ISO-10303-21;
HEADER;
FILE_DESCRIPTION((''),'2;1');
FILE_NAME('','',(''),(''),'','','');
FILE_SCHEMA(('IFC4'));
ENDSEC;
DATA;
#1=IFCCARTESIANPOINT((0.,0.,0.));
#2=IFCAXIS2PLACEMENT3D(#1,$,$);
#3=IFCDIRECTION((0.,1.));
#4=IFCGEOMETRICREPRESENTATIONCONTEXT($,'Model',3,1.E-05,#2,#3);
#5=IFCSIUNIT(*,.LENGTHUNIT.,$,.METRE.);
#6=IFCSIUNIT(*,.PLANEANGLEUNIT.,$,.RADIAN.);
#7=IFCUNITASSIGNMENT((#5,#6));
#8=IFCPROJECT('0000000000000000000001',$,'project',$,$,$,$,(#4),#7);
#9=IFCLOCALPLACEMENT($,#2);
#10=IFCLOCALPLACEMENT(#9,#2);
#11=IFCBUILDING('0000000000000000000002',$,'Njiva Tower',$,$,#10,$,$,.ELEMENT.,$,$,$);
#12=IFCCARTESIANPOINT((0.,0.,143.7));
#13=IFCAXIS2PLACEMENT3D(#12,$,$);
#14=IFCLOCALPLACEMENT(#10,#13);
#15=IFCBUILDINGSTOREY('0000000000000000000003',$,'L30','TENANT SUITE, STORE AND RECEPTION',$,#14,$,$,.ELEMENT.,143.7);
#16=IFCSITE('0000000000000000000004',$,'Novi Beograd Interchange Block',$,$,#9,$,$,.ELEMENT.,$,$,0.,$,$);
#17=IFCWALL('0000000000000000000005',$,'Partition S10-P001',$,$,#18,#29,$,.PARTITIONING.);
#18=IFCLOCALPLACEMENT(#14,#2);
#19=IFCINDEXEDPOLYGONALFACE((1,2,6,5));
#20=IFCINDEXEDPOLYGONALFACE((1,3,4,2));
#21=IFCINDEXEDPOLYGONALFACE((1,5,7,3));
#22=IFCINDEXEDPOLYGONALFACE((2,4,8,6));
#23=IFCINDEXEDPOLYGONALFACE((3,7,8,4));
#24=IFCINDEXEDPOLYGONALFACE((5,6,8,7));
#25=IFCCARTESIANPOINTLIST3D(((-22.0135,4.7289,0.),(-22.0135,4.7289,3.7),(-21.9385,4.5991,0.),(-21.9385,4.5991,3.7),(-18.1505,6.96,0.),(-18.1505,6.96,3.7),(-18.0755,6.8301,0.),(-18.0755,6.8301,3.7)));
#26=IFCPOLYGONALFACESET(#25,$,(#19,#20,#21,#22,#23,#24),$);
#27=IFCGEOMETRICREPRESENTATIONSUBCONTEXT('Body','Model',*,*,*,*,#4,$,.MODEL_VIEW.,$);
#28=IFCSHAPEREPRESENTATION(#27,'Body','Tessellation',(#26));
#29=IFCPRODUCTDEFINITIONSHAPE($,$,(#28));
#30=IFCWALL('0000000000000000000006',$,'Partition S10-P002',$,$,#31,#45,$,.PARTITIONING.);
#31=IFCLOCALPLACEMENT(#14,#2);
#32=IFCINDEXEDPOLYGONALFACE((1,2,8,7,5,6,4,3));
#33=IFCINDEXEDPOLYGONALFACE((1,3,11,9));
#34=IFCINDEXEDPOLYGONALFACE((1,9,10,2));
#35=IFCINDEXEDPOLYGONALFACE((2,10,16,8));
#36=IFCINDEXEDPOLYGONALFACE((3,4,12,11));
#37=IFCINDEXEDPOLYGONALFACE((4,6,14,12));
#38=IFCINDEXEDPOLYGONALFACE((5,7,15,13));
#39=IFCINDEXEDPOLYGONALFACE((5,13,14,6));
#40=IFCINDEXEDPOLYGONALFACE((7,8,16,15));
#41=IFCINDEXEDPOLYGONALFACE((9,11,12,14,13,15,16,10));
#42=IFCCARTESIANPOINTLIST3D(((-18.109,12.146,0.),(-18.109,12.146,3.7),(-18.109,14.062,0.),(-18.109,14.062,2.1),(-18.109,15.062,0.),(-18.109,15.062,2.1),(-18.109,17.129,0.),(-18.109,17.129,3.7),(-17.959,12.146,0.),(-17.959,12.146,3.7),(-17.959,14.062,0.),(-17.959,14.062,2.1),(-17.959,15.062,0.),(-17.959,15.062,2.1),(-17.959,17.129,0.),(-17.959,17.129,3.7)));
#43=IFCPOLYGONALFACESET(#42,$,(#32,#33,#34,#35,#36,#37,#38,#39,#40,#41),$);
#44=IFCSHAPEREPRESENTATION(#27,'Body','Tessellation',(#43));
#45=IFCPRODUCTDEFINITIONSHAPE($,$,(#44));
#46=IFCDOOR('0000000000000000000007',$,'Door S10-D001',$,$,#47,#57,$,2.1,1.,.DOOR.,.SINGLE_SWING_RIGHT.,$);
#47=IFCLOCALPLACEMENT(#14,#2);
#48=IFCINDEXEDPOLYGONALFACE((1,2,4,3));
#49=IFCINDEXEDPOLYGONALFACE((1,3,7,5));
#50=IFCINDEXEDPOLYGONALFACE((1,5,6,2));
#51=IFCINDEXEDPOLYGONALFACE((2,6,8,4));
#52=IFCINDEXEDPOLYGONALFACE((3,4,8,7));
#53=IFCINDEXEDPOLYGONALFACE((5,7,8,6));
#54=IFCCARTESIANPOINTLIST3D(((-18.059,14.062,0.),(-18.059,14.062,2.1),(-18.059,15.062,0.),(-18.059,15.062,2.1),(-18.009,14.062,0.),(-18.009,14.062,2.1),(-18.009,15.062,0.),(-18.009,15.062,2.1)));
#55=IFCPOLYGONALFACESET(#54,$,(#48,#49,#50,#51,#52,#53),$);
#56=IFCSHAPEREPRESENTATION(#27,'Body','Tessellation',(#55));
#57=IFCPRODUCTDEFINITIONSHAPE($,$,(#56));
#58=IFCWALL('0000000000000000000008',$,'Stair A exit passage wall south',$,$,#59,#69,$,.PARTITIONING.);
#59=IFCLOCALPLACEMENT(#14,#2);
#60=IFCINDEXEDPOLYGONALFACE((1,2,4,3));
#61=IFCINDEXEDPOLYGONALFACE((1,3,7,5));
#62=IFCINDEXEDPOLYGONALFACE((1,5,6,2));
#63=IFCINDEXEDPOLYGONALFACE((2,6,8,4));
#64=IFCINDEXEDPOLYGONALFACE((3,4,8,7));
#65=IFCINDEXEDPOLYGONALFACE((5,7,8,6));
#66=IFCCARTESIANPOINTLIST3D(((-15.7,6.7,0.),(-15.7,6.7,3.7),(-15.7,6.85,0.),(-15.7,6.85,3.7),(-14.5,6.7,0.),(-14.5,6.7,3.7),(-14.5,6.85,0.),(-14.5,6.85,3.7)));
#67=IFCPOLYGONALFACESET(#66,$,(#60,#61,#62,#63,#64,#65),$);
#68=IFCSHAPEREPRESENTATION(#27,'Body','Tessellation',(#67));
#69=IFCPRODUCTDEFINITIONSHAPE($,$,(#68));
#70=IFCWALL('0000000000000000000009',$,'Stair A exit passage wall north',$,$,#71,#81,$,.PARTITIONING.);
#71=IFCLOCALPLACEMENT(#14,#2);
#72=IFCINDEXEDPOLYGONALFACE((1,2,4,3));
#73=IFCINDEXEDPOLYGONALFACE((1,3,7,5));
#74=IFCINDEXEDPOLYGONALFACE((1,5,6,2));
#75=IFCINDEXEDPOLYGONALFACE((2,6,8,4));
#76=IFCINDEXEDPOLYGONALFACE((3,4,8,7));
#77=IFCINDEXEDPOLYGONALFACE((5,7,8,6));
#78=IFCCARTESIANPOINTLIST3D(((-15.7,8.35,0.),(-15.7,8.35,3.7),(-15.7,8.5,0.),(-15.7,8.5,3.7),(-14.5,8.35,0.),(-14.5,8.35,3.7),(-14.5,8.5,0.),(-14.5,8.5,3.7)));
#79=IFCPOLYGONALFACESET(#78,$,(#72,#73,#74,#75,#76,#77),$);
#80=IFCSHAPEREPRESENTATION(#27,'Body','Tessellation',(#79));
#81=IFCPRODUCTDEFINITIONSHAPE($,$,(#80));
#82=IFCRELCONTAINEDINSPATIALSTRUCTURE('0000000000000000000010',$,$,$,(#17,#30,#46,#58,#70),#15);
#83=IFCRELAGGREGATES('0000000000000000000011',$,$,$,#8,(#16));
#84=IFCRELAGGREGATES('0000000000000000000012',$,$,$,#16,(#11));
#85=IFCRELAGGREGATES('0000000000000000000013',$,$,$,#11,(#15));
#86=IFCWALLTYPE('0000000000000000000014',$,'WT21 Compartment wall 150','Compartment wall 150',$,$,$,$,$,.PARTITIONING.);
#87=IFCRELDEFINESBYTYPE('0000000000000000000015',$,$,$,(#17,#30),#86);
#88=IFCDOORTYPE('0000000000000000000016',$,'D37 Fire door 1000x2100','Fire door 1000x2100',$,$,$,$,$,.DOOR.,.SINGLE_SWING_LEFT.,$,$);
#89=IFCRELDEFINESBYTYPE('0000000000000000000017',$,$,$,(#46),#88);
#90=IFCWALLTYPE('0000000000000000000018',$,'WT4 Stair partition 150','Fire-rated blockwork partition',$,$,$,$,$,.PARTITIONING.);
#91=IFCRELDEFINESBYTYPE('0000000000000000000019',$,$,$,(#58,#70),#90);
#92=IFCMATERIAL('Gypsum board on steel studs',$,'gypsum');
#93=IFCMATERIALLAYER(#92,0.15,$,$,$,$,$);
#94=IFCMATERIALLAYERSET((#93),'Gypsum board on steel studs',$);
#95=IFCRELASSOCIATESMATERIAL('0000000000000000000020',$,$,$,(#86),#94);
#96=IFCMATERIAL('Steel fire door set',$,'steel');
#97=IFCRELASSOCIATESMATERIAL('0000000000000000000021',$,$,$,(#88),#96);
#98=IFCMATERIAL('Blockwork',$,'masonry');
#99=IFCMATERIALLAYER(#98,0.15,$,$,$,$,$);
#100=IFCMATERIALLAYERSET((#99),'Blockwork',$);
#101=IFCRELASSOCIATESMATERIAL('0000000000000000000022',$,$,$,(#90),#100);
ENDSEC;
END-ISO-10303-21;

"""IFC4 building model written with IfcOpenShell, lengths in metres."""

from ifc_helpers import new_model, si_unit, direction, frame, frame_2d, origin, place, context, subcontext, project, spatial, rectangle, extrude, material, layer, layer_set, type_object, element, fill, save


model = new_model("IFC4")

# Units and contexts
model_context = context("Model", 3, precision=1e-05, world=origin(), true_north=direction((0.0, 1.0)))
body_context = subcontext(model_context, "Body", "Model", "MODEL_VIEW")
ifc_project = project(units=[si_unit("LENGTHUNIT", "METRE"), si_unit("PLANEANGLEUNIT", "RADIAN")], contexts=[model_context])

# Site, building, storey
site_placement = place(None, origin())
site = spatial("IfcSite", under=ifc_project, at=site_placement, Name="Novi Beograd Interchange Block", CompositionType="ELEMENT", RefElevation=0.0)
building_placement = place(site_placement, origin())
building = spatial("IfcBuilding", under=site, at=building_placement, Name="Njiva Tower", CompositionType="ELEMENT")
storey_placement = place(building_placement, frame((0.0, 0.0, 143.7)))
storey = spatial("IfcBuildingStorey", under=building, at=storey_placement, Name="L30", Description="TENANT SUITE, STORE AND RECEPTION", CompositionType="ELEMENT", Elevation=143.7)

# Shared definitions
ifc_material_1 = material(Name="Blockwork", Category="masonry")

# Wall
ifc_material_2 = material(Name="Gypsum board on steel studs", Category="gypsum")
ifc_layer_1 = layer(ifc_material_2, 0.15)
ifc_layer_set_1 = layer_set([ifc_layer_1], Name="Gypsum board on steel studs")
wall_type_1 = type_object("IfcWallType", Name="WT21 Compartment wall 150", Description="Compartment wall 150", PredefinedType="PARTITIONING", material=ifc_layer_set_1)
wall_1_placement = place(storey_placement, frame((-21.976, 4.664, 0.0), z_axis=(0.0, 0.0, 1.0), x_axis=(0.865958, 0.500117, 0.0)))
element("IfcWall", 1, at=wall_1_placement, inside=storey, type_object=wall_type_1, Name="Partition S10-P001", PredefinedType="PARTITIONING", context=body_context, shape_type="SweptSolid", body=[
    extrude(rectangle(XDim=4.461, YDim=0.15, at=frame_2d((2.2305, 0.0))), origin(), (0.0, 0.0, 1.0), 3.7),
])

# Wall, opening, door
wall_2_placement = place(storey_placement, frame((-18.034, 12.146, 0.0), z_axis=(0.0, 0.0, 1.0), x_axis=(0.0, 1.0, 0.0)))
wall_2 = element("IfcWall", 2, at=wall_2_placement, inside=storey, type_object=wall_type_1, Name="Partition S10-P002", PredefinedType="PARTITIONING", context=body_context, shape_type="SweptSolid", body=[
    extrude(rectangle(XDim=4.983, YDim=0.15, at=frame_2d((2.4915, 0.0))), origin(), (0.0, 0.0, 1.0), 3.7),
])
opening_1_placement = place(wall_2_placement, frame((1.916, 0.0, 0.0)))
opening_1 = element("IfcOpeningElement", 3, at=opening_1_placement, cuts=wall_2, PredefinedType="OPENING", context=body_context, shape_type="SweptSolid", body=[
    extrude(rectangle(XDim=1.0, YDim=2.1, at=frame_2d((0.5, 1.05))), frame((0.0, 0.085, 0.0), z_axis=(0.0, -1.0, 0.0), x_axis=(1.0, 0.0, 0.0)), (0.0, 0.0, 1.0), 0.17),
])
ifc_material_3 = material(Name="Steel fire door set", Category="steel")
door_type_1 = type_object("IfcDoorType", Name="D37 Fire door 1000x2100", Description="Fire door 1000x2100", OperationType="SINGLE_SWING_LEFT", PredefinedType="DOOR", material=ifc_material_3)
door_1_placement = place(opening_1_placement, origin())
door_1 = element("IfcDoor", 4, at=door_1_placement, inside=storey, type_object=door_type_1, Name="Door S10-D001", OperationType="SINGLE_SWING_RIGHT", OverallHeight=2.1, OverallWidth=1.0, PredefinedType="DOOR", context=body_context, shape_type="SweptSolid", body=[
    extrude(rectangle(XDim=1.0, YDim=2.1, at=frame_2d((0.5, 1.05))), frame((0.0, 0.025, 0.0), z_axis=(0.0, -1.0, 0.0), x_axis=(1.0, 0.0, 0.0)), (0.0, 0.0, 1.0), 0.05),
])
fill(opening_1, door_1)

# Walls
ifc_layer_2 = layer(ifc_material_1, 0.15)
ifc_layer_set_2 = layer_set([ifc_layer_2], Name="Blockwork")
wall_type_2 = type_object("IfcWallType", Name="WT4 Stair partition 150", Description="Fire-rated blockwork partition", PredefinedType="PARTITIONING", material=ifc_layer_set_2)
for number, where, z_axis, x_axis, name in (
    (5, (-15.7, 6.775, 0.0), (0.0, 0.0, 1.0), (1.0, 0.0, 0.0), "Stair A exit passage wall south"),
    (6, (-15.7, 8.425, 0.0), (0.0, 0.0, 1.0), (1.0, 0.0, 0.0), "Stair A exit passage wall north"),
):
    element("IfcWall", number, at=place(storey_placement, frame(where, z_axis=z_axis, x_axis=x_axis)), inside=storey, type_object=wall_type_2, Name=name, PredefinedType="PARTITIONING", context=body_context, shape_type="SweptSolid", body=[
        extrude(rectangle(XDim=1.2, YDim=0.15, at=frame_2d((0.6, 0.0))), origin(), (0.0, 0.0, 1.0), 3.7),
    ])

save(model, "model.ifc")
